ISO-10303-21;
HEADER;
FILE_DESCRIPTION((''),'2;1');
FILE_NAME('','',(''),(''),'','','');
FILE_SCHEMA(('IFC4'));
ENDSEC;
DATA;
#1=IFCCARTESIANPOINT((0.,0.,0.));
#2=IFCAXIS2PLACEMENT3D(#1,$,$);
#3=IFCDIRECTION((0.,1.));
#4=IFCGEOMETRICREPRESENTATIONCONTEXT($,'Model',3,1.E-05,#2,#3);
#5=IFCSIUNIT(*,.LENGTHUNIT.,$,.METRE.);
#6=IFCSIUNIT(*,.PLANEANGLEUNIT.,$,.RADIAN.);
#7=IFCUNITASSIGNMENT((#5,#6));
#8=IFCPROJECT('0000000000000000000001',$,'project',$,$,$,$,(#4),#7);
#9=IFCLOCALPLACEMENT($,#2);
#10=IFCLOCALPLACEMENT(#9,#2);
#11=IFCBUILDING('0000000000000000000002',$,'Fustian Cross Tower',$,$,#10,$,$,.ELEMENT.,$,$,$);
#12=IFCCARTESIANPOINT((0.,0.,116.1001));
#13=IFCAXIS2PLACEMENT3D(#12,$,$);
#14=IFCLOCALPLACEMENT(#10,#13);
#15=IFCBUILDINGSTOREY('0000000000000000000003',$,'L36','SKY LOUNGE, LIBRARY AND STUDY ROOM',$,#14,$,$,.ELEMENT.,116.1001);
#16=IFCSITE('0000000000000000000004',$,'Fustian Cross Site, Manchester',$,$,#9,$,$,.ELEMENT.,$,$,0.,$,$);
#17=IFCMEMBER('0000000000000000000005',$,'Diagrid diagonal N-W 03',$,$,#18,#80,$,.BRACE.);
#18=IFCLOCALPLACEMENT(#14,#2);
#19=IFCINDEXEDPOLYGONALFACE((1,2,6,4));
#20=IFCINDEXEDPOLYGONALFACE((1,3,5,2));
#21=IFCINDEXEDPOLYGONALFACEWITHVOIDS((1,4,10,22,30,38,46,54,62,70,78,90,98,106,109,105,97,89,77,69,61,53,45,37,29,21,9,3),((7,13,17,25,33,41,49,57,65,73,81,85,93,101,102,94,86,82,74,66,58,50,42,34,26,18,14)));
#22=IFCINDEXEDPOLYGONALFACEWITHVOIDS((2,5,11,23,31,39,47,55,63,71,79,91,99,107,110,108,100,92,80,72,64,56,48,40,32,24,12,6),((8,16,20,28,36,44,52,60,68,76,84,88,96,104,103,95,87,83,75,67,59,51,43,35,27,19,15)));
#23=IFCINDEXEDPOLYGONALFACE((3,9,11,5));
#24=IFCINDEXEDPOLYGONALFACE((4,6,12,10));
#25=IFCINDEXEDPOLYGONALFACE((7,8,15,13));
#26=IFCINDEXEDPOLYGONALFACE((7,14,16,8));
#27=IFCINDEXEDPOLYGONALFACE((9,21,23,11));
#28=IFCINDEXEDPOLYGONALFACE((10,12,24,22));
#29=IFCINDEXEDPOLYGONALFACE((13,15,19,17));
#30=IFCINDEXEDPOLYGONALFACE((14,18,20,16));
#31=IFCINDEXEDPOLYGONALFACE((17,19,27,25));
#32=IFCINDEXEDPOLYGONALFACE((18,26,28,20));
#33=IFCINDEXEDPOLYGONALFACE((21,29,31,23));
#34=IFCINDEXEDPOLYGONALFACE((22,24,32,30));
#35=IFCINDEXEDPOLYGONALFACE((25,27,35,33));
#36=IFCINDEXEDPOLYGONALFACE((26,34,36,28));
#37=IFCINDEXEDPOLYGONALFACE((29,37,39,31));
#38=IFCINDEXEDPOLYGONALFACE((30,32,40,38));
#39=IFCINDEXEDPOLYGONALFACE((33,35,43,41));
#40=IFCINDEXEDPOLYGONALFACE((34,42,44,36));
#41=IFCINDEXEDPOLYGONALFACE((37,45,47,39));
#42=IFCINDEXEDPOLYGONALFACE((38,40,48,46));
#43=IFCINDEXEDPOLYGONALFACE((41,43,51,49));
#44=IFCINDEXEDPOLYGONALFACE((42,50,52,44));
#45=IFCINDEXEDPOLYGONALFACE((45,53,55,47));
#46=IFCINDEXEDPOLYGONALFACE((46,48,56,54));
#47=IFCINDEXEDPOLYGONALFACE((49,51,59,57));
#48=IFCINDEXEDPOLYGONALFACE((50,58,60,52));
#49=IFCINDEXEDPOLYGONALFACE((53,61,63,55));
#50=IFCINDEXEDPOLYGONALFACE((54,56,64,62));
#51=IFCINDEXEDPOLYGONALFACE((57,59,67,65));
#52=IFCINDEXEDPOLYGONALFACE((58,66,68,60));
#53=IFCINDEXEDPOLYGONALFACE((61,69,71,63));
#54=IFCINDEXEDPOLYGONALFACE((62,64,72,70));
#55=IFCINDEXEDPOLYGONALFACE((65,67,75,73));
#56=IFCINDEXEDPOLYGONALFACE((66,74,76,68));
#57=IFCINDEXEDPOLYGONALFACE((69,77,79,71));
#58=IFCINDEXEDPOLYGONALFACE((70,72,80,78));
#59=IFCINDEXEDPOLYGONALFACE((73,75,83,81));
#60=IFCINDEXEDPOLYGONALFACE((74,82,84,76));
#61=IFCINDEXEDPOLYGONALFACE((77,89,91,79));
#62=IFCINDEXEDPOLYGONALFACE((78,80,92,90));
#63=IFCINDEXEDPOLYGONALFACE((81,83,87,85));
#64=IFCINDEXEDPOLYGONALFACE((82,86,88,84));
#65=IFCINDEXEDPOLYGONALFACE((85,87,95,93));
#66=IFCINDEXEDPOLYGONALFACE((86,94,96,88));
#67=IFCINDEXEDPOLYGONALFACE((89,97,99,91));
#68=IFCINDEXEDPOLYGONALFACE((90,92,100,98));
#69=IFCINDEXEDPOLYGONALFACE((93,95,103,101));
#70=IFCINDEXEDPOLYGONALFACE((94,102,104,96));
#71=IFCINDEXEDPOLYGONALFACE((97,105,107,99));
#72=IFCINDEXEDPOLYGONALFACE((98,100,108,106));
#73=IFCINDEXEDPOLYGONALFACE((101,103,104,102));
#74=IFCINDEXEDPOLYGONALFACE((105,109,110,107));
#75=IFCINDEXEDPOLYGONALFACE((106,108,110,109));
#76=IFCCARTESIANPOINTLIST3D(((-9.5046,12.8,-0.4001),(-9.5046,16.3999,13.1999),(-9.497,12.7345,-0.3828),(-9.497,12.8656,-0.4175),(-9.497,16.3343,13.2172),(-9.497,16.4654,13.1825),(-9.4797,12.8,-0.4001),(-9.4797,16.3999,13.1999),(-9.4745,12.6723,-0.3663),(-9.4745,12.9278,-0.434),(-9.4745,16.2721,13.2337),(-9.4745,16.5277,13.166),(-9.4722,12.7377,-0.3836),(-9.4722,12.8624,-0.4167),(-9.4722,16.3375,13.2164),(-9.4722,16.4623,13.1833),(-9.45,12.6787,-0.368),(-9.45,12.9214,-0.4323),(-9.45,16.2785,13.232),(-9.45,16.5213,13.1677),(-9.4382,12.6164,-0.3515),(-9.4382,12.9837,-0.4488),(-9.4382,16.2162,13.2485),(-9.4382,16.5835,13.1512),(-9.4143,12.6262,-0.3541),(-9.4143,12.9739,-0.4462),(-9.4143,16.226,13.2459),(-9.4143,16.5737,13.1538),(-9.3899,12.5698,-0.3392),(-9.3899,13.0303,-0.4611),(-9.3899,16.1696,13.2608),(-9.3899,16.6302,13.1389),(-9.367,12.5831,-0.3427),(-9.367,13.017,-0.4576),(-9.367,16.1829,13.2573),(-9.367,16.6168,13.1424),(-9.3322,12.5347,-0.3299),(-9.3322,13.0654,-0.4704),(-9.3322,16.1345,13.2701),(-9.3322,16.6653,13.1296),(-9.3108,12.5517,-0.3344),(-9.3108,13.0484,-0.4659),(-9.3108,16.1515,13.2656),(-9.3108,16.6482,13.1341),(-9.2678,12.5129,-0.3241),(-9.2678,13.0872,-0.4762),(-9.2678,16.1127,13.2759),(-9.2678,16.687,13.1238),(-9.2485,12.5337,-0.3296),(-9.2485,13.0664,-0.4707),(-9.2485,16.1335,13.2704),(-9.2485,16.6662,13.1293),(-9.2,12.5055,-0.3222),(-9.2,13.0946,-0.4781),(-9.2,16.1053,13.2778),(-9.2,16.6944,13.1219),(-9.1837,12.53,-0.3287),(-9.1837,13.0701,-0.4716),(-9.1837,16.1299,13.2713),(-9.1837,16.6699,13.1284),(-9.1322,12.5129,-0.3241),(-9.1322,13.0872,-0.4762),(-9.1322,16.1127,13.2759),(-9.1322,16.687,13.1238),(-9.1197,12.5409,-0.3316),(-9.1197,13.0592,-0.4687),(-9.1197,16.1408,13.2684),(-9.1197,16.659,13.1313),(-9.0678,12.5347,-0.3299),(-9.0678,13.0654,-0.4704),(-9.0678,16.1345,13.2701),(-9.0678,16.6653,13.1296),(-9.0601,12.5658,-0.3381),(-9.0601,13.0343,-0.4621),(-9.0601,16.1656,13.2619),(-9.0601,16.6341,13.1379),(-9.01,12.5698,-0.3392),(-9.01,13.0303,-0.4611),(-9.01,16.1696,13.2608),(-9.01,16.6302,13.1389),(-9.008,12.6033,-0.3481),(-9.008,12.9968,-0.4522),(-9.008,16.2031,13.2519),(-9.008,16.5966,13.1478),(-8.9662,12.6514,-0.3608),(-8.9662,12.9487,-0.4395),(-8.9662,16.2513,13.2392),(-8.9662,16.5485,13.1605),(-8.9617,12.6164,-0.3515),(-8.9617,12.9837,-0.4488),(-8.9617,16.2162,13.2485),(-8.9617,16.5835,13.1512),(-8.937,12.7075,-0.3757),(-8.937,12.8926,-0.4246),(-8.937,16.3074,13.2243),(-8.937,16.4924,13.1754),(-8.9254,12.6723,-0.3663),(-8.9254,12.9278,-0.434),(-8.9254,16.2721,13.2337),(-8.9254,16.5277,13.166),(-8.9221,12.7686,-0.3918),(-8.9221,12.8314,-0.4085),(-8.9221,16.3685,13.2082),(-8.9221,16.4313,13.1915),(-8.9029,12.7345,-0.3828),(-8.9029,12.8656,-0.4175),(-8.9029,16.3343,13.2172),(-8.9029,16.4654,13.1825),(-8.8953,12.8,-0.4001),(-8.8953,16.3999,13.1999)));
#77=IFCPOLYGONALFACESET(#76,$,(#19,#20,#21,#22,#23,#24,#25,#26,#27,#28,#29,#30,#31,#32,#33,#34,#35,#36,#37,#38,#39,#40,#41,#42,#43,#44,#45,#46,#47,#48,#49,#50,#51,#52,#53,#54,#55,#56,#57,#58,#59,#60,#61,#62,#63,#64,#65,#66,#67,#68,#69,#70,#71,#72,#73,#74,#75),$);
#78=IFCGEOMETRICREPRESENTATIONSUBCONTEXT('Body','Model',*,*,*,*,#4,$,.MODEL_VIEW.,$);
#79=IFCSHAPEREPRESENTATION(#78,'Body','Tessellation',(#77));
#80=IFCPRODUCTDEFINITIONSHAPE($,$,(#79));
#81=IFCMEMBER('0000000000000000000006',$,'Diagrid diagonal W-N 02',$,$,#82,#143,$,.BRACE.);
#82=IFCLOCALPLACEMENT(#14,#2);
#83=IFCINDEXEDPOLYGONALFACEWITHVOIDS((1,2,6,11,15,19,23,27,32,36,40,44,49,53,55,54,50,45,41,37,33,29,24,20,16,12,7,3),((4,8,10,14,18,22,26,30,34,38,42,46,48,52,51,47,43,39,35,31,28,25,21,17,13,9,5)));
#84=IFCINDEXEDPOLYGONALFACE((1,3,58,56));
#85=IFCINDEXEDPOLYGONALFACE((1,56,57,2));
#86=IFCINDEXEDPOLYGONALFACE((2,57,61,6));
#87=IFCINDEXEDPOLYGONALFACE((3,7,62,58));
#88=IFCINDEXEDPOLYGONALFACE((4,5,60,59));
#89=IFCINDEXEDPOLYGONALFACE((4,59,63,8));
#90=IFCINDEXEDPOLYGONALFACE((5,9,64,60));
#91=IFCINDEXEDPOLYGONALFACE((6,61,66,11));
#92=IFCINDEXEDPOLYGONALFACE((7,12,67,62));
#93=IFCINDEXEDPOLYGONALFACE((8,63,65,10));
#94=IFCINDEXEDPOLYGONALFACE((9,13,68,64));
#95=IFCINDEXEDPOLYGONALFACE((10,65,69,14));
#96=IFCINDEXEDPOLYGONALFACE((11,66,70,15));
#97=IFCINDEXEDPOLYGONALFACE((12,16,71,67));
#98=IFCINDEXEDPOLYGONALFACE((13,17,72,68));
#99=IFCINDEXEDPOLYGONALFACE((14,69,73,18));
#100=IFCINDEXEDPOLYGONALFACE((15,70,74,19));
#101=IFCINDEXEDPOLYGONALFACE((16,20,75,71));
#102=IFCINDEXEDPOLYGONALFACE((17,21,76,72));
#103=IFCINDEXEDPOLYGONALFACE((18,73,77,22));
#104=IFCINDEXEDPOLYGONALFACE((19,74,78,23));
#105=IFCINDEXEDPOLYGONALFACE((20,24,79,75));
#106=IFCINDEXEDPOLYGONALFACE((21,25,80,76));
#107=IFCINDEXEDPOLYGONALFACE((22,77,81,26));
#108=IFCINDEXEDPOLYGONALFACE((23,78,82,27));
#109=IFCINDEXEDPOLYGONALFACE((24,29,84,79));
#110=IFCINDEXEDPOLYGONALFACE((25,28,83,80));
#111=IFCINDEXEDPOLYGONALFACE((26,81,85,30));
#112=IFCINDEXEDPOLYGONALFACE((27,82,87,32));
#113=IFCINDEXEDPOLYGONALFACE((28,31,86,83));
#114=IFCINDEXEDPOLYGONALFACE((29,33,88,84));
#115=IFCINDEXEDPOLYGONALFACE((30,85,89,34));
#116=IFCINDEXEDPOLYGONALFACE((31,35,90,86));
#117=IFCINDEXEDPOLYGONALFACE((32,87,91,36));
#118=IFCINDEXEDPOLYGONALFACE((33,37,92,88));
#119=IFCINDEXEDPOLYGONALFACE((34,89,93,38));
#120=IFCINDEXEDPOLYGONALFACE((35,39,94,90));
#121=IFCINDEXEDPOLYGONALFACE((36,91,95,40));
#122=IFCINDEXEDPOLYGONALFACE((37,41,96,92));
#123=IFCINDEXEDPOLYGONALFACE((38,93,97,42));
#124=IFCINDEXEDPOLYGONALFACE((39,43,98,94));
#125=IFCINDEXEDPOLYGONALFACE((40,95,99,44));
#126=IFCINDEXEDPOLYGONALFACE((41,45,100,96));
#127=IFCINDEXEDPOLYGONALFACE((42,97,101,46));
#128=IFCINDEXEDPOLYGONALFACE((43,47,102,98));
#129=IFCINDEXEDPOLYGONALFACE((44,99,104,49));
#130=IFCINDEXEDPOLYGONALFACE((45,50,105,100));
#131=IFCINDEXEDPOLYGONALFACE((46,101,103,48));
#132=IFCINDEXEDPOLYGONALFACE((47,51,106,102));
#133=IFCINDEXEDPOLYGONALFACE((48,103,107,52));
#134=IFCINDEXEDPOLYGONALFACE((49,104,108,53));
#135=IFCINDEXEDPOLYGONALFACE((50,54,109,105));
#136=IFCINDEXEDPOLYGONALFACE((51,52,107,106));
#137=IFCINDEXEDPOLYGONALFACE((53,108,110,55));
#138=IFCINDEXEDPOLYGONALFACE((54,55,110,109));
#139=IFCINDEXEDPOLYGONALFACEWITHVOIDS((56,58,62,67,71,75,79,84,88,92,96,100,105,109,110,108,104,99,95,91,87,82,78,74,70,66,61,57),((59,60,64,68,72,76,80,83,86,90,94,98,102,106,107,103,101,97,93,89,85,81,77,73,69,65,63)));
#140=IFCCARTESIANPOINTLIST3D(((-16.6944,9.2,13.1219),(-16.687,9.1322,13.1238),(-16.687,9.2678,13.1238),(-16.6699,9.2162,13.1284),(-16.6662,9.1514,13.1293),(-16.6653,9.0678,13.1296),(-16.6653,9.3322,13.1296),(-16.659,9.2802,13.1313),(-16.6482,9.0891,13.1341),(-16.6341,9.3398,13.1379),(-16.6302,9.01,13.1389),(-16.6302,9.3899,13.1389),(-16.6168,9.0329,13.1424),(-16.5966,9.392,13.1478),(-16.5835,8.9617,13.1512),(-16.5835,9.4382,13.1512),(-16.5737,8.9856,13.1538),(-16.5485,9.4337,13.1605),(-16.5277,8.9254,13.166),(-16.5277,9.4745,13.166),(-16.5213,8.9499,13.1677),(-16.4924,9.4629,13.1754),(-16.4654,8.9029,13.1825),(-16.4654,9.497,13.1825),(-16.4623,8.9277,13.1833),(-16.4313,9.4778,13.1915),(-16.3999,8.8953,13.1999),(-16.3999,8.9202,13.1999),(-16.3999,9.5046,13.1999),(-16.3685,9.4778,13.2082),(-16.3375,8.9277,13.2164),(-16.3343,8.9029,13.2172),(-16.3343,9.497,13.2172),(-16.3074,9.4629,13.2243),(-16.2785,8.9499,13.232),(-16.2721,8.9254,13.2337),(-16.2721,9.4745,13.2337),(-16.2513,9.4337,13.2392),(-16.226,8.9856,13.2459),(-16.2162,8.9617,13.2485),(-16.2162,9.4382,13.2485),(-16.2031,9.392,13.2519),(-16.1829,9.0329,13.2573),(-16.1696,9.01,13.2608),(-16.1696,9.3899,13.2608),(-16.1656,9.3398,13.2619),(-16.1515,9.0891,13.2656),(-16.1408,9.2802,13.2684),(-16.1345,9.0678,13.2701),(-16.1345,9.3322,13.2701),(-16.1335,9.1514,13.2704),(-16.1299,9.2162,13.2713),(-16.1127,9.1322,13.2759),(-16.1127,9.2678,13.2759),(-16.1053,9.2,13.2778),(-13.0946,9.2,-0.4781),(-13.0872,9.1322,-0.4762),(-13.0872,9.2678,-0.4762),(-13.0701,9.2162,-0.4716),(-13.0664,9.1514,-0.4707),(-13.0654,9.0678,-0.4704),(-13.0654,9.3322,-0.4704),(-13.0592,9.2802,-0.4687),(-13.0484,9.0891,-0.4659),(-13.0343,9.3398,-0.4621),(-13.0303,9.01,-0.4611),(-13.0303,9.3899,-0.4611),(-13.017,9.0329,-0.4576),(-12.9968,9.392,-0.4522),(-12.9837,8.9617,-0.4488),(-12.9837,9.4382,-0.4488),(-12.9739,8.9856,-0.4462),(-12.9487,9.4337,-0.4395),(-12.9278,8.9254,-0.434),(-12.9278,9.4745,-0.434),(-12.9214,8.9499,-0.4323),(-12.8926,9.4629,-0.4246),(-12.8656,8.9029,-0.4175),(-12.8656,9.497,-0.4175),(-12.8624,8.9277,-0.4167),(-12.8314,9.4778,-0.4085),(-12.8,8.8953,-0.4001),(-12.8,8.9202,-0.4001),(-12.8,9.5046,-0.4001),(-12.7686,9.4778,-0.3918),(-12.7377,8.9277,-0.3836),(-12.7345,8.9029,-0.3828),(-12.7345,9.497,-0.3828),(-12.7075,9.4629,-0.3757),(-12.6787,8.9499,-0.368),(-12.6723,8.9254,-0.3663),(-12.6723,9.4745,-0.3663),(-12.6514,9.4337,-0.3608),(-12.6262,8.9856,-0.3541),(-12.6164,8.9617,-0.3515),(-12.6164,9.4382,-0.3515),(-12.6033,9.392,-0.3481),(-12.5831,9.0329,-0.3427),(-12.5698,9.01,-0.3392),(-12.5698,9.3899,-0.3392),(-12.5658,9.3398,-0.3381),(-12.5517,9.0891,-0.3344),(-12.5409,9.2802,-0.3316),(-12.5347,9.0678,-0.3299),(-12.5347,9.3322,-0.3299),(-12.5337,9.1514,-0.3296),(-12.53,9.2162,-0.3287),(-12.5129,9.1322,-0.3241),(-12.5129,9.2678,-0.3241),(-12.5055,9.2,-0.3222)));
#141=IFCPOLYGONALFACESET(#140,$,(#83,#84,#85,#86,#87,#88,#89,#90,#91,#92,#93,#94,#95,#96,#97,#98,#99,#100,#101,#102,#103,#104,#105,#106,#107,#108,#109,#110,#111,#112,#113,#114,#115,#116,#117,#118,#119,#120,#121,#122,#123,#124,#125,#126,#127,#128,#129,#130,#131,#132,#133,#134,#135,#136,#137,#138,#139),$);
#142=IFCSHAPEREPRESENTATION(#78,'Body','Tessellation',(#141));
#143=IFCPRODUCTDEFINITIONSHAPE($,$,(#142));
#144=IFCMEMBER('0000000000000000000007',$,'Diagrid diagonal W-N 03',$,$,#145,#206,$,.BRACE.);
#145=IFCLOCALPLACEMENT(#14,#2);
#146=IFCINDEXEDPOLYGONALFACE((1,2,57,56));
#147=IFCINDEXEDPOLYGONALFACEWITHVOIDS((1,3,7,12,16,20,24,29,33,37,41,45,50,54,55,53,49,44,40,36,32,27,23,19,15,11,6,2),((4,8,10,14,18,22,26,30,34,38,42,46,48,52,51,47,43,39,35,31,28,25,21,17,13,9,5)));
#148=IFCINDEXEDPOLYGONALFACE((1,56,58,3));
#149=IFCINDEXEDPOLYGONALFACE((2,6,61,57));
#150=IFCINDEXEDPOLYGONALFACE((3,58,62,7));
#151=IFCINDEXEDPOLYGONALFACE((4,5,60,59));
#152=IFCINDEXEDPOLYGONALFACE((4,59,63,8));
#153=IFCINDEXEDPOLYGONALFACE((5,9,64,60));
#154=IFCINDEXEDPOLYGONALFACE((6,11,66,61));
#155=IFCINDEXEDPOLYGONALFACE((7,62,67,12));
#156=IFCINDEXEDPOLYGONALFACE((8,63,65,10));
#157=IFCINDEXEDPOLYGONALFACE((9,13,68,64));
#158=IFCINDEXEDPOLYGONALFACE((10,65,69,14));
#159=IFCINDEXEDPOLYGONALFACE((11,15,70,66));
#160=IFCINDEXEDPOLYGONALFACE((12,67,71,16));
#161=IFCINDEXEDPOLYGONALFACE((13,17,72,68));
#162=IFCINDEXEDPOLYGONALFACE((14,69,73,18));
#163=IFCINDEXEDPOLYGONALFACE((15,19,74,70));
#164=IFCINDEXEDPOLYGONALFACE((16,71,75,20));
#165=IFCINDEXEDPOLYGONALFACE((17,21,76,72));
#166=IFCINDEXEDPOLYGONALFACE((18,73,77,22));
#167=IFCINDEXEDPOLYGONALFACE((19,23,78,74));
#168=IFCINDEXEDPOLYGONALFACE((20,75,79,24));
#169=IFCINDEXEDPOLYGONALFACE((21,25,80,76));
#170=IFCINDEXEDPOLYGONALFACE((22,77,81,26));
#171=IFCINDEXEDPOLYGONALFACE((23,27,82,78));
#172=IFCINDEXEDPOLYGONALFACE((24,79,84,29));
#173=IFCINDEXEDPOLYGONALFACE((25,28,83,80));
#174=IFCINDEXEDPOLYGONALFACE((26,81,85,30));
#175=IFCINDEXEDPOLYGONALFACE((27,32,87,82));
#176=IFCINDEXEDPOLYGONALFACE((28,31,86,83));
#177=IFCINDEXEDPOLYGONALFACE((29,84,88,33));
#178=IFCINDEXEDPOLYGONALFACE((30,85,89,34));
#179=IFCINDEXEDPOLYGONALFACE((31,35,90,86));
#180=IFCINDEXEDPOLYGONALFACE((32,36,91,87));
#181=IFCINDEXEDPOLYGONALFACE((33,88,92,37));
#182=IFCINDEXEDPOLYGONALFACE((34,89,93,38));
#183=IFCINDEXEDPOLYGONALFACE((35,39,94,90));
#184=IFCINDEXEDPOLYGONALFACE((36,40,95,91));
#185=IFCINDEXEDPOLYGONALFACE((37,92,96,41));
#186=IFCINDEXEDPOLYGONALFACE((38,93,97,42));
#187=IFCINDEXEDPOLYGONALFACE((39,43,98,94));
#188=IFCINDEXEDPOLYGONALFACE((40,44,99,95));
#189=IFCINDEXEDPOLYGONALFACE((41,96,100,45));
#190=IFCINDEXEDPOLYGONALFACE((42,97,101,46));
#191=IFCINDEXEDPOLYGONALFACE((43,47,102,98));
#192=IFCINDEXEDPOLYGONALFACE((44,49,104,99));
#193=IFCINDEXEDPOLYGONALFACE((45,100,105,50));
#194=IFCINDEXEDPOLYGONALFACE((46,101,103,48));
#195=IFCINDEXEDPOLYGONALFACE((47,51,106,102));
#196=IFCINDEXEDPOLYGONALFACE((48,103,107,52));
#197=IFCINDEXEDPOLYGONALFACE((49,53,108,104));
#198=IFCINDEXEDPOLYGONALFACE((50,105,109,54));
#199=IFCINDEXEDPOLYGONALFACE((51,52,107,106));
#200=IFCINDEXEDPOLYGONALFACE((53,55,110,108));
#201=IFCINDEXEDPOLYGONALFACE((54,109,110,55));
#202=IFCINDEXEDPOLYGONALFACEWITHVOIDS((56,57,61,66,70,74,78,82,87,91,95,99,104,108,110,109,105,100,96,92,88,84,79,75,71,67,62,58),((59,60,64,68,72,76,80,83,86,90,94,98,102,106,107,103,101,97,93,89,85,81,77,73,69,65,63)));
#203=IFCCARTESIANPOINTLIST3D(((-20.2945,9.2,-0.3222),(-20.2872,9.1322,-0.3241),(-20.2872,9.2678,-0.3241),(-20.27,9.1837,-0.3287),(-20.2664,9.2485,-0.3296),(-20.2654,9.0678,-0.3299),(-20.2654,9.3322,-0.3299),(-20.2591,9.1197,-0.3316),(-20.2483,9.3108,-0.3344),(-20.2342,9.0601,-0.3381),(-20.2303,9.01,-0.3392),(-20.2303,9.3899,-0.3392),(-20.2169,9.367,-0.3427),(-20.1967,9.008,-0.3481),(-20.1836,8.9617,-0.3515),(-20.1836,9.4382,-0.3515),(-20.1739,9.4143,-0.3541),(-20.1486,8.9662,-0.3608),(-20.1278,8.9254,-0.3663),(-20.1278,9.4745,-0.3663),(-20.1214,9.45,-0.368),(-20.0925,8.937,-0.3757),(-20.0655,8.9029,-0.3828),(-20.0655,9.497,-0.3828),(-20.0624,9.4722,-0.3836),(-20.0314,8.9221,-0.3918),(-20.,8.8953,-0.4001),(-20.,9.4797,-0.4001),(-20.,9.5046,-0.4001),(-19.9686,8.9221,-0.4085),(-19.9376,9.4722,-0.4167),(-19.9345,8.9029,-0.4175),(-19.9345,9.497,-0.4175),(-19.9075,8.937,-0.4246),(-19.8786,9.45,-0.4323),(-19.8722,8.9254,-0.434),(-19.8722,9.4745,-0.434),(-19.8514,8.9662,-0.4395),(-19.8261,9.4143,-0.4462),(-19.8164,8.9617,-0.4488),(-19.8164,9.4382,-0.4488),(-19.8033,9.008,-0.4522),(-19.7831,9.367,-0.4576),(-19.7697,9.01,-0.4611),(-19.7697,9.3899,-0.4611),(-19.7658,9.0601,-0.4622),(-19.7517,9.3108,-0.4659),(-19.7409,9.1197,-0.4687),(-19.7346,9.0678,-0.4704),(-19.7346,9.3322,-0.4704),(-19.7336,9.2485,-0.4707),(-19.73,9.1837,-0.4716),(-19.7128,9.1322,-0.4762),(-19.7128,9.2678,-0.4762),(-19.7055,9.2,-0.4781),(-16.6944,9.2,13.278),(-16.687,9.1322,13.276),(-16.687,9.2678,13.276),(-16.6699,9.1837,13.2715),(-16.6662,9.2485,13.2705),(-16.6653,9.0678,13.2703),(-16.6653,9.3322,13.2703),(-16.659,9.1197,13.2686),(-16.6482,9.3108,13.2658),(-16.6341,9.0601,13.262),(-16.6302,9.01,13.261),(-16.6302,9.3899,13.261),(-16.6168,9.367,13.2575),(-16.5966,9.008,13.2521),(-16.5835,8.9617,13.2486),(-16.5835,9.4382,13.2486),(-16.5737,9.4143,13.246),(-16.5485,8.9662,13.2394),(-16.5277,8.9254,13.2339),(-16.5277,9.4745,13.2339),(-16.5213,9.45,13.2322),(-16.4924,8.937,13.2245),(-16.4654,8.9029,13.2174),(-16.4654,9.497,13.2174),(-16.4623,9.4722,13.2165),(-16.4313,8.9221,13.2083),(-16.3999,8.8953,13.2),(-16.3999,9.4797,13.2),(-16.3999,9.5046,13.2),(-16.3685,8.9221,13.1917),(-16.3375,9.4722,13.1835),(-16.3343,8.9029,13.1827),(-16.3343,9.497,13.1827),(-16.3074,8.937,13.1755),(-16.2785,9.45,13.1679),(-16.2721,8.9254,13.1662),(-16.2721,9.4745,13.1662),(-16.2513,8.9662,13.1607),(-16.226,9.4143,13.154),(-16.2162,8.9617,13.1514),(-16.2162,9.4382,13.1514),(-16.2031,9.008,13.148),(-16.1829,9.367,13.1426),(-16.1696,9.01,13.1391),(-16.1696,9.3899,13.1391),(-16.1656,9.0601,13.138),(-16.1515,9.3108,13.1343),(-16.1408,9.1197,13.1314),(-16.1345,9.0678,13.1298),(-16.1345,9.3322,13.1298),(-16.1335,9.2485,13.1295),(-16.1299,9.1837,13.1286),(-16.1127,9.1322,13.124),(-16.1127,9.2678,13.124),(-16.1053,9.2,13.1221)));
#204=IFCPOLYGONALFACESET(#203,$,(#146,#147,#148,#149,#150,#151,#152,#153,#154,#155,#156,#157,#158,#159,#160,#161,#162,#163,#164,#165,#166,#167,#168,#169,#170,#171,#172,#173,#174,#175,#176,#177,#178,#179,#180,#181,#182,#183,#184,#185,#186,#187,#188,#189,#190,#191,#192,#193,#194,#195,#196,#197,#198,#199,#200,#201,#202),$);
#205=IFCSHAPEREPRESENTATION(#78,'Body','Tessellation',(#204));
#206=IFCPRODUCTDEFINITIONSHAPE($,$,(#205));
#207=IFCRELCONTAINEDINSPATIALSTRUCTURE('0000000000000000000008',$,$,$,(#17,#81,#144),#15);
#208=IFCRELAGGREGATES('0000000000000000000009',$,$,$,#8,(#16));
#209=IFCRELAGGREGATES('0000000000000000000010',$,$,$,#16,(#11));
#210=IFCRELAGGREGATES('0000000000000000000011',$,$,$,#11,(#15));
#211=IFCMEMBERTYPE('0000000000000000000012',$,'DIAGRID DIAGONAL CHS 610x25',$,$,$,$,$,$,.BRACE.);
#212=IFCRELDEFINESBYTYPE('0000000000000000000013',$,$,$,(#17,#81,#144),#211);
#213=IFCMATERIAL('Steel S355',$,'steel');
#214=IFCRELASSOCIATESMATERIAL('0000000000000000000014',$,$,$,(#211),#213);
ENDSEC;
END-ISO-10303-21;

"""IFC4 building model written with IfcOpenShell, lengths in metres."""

from ifc_helpers import new_model, si_unit, direction, frame, origin, origin_2d, place, context, subcontext, project, spatial, hollow_circle, extrude, material, material_profile, profile_set, type_object, element, save


model = new_model("IFC4")

# Units and contexts
model_context = context("Model", 3, precision=1e-05, world=origin(), true_north=direction((0.0, 1.0)))
body_context = subcontext(model_context, "Body", "Model", "MODEL_VIEW")
ifc_project = project(units=[si_unit("LENGTHUNIT", "METRE"), si_unit("PLANEANGLEUNIT", "RADIAN")], contexts=[model_context])

# Site, building, storey
site_placement = place(None, origin())
site = spatial("IfcSite", under=ifc_project, at=site_placement, Name="Fustian Cross Site, Manchester", CompositionType="ELEMENT", RefElevation=0.0)
building_placement = place(site_placement, origin())
building = spatial("IfcBuilding", under=site, at=building_placement, Name="Fustian Cross Tower", CompositionType="ELEMENT")
storey_placement = place(building_placement, frame((0.0, 0.0, 116.1001)))
storey = spatial("IfcBuildingStorey", under=building, at=storey_placement, Name="L36", Description="SKY LOUNGE, LIBRARY AND STUDY ROOM", CompositionType="ELEMENT", Elevation=116.1001)

# Members
ifc_material_1 = material(Name="Steel S355", Category="steel")
ifc_material_profile_1 = material_profile(ifc_material_1, hollow_circle(Radius=0.3047, WallThickness=0.0249, at=origin_2d()), Name="CHS 610x25")
ifc_profile_set_1 = profile_set([ifc_material_profile_1], Name="Steel S355")
member_type_1 = type_object("IfcMemberType", Name="DIAGRID DIAGONAL CHS 610x25", PredefinedType="BRACE", material=ifc_profile_set_1)
for number, where, z_axis, x_axis, name in (
    (1, (-9.2, 12.8, -0.4001), (0.0, 0.255881, 0.966708), (-1.0, 0.0, 0.0), "Diagrid diagonal N-W 03"),
    (2, (-12.8, 9.2, -0.4001), (-0.255881, 0.0, 0.966708), (0.0, -1.0, 0.0), "Diagrid diagonal W-N 02"),
):
    element("IfcMember", number, at=place(storey_placement, frame(where, z_axis=z_axis, x_axis=x_axis)), inside=storey, type_object=member_type_1, Name=name, PredefinedType="BRACE", context=body_context, shape_type="SweptSolid", body=[
        extrude(hollow_circle(Radius=0.3047, WallThickness=0.0249, at=origin_2d()), origin(), (0.0, 0.0, 1.0), 14.0684),
    ])
for number, where, z_axis, x_axis, name in (
    (3, (-20.0, 9.2, -0.4001), (0.255897, 0.0, 0.966704), (0.0, 1.0, 0.0), "Diagrid diagonal W-N 03"),
):
    element("IfcMember", number, at=place(storey_placement, frame(where, z_axis=z_axis, x_axis=x_axis)), inside=storey, type_object=member_type_1, Name=name, PredefinedType="BRACE", context=body_context, shape_type="SweptSolid", body=[
        extrude(hollow_circle(Radius=0.3047, WallThickness=0.0249, at=origin_2d()), origin(), (0.0, 0.0, 1.0), 14.0686),
    ])

save(model, "model.ifc")
